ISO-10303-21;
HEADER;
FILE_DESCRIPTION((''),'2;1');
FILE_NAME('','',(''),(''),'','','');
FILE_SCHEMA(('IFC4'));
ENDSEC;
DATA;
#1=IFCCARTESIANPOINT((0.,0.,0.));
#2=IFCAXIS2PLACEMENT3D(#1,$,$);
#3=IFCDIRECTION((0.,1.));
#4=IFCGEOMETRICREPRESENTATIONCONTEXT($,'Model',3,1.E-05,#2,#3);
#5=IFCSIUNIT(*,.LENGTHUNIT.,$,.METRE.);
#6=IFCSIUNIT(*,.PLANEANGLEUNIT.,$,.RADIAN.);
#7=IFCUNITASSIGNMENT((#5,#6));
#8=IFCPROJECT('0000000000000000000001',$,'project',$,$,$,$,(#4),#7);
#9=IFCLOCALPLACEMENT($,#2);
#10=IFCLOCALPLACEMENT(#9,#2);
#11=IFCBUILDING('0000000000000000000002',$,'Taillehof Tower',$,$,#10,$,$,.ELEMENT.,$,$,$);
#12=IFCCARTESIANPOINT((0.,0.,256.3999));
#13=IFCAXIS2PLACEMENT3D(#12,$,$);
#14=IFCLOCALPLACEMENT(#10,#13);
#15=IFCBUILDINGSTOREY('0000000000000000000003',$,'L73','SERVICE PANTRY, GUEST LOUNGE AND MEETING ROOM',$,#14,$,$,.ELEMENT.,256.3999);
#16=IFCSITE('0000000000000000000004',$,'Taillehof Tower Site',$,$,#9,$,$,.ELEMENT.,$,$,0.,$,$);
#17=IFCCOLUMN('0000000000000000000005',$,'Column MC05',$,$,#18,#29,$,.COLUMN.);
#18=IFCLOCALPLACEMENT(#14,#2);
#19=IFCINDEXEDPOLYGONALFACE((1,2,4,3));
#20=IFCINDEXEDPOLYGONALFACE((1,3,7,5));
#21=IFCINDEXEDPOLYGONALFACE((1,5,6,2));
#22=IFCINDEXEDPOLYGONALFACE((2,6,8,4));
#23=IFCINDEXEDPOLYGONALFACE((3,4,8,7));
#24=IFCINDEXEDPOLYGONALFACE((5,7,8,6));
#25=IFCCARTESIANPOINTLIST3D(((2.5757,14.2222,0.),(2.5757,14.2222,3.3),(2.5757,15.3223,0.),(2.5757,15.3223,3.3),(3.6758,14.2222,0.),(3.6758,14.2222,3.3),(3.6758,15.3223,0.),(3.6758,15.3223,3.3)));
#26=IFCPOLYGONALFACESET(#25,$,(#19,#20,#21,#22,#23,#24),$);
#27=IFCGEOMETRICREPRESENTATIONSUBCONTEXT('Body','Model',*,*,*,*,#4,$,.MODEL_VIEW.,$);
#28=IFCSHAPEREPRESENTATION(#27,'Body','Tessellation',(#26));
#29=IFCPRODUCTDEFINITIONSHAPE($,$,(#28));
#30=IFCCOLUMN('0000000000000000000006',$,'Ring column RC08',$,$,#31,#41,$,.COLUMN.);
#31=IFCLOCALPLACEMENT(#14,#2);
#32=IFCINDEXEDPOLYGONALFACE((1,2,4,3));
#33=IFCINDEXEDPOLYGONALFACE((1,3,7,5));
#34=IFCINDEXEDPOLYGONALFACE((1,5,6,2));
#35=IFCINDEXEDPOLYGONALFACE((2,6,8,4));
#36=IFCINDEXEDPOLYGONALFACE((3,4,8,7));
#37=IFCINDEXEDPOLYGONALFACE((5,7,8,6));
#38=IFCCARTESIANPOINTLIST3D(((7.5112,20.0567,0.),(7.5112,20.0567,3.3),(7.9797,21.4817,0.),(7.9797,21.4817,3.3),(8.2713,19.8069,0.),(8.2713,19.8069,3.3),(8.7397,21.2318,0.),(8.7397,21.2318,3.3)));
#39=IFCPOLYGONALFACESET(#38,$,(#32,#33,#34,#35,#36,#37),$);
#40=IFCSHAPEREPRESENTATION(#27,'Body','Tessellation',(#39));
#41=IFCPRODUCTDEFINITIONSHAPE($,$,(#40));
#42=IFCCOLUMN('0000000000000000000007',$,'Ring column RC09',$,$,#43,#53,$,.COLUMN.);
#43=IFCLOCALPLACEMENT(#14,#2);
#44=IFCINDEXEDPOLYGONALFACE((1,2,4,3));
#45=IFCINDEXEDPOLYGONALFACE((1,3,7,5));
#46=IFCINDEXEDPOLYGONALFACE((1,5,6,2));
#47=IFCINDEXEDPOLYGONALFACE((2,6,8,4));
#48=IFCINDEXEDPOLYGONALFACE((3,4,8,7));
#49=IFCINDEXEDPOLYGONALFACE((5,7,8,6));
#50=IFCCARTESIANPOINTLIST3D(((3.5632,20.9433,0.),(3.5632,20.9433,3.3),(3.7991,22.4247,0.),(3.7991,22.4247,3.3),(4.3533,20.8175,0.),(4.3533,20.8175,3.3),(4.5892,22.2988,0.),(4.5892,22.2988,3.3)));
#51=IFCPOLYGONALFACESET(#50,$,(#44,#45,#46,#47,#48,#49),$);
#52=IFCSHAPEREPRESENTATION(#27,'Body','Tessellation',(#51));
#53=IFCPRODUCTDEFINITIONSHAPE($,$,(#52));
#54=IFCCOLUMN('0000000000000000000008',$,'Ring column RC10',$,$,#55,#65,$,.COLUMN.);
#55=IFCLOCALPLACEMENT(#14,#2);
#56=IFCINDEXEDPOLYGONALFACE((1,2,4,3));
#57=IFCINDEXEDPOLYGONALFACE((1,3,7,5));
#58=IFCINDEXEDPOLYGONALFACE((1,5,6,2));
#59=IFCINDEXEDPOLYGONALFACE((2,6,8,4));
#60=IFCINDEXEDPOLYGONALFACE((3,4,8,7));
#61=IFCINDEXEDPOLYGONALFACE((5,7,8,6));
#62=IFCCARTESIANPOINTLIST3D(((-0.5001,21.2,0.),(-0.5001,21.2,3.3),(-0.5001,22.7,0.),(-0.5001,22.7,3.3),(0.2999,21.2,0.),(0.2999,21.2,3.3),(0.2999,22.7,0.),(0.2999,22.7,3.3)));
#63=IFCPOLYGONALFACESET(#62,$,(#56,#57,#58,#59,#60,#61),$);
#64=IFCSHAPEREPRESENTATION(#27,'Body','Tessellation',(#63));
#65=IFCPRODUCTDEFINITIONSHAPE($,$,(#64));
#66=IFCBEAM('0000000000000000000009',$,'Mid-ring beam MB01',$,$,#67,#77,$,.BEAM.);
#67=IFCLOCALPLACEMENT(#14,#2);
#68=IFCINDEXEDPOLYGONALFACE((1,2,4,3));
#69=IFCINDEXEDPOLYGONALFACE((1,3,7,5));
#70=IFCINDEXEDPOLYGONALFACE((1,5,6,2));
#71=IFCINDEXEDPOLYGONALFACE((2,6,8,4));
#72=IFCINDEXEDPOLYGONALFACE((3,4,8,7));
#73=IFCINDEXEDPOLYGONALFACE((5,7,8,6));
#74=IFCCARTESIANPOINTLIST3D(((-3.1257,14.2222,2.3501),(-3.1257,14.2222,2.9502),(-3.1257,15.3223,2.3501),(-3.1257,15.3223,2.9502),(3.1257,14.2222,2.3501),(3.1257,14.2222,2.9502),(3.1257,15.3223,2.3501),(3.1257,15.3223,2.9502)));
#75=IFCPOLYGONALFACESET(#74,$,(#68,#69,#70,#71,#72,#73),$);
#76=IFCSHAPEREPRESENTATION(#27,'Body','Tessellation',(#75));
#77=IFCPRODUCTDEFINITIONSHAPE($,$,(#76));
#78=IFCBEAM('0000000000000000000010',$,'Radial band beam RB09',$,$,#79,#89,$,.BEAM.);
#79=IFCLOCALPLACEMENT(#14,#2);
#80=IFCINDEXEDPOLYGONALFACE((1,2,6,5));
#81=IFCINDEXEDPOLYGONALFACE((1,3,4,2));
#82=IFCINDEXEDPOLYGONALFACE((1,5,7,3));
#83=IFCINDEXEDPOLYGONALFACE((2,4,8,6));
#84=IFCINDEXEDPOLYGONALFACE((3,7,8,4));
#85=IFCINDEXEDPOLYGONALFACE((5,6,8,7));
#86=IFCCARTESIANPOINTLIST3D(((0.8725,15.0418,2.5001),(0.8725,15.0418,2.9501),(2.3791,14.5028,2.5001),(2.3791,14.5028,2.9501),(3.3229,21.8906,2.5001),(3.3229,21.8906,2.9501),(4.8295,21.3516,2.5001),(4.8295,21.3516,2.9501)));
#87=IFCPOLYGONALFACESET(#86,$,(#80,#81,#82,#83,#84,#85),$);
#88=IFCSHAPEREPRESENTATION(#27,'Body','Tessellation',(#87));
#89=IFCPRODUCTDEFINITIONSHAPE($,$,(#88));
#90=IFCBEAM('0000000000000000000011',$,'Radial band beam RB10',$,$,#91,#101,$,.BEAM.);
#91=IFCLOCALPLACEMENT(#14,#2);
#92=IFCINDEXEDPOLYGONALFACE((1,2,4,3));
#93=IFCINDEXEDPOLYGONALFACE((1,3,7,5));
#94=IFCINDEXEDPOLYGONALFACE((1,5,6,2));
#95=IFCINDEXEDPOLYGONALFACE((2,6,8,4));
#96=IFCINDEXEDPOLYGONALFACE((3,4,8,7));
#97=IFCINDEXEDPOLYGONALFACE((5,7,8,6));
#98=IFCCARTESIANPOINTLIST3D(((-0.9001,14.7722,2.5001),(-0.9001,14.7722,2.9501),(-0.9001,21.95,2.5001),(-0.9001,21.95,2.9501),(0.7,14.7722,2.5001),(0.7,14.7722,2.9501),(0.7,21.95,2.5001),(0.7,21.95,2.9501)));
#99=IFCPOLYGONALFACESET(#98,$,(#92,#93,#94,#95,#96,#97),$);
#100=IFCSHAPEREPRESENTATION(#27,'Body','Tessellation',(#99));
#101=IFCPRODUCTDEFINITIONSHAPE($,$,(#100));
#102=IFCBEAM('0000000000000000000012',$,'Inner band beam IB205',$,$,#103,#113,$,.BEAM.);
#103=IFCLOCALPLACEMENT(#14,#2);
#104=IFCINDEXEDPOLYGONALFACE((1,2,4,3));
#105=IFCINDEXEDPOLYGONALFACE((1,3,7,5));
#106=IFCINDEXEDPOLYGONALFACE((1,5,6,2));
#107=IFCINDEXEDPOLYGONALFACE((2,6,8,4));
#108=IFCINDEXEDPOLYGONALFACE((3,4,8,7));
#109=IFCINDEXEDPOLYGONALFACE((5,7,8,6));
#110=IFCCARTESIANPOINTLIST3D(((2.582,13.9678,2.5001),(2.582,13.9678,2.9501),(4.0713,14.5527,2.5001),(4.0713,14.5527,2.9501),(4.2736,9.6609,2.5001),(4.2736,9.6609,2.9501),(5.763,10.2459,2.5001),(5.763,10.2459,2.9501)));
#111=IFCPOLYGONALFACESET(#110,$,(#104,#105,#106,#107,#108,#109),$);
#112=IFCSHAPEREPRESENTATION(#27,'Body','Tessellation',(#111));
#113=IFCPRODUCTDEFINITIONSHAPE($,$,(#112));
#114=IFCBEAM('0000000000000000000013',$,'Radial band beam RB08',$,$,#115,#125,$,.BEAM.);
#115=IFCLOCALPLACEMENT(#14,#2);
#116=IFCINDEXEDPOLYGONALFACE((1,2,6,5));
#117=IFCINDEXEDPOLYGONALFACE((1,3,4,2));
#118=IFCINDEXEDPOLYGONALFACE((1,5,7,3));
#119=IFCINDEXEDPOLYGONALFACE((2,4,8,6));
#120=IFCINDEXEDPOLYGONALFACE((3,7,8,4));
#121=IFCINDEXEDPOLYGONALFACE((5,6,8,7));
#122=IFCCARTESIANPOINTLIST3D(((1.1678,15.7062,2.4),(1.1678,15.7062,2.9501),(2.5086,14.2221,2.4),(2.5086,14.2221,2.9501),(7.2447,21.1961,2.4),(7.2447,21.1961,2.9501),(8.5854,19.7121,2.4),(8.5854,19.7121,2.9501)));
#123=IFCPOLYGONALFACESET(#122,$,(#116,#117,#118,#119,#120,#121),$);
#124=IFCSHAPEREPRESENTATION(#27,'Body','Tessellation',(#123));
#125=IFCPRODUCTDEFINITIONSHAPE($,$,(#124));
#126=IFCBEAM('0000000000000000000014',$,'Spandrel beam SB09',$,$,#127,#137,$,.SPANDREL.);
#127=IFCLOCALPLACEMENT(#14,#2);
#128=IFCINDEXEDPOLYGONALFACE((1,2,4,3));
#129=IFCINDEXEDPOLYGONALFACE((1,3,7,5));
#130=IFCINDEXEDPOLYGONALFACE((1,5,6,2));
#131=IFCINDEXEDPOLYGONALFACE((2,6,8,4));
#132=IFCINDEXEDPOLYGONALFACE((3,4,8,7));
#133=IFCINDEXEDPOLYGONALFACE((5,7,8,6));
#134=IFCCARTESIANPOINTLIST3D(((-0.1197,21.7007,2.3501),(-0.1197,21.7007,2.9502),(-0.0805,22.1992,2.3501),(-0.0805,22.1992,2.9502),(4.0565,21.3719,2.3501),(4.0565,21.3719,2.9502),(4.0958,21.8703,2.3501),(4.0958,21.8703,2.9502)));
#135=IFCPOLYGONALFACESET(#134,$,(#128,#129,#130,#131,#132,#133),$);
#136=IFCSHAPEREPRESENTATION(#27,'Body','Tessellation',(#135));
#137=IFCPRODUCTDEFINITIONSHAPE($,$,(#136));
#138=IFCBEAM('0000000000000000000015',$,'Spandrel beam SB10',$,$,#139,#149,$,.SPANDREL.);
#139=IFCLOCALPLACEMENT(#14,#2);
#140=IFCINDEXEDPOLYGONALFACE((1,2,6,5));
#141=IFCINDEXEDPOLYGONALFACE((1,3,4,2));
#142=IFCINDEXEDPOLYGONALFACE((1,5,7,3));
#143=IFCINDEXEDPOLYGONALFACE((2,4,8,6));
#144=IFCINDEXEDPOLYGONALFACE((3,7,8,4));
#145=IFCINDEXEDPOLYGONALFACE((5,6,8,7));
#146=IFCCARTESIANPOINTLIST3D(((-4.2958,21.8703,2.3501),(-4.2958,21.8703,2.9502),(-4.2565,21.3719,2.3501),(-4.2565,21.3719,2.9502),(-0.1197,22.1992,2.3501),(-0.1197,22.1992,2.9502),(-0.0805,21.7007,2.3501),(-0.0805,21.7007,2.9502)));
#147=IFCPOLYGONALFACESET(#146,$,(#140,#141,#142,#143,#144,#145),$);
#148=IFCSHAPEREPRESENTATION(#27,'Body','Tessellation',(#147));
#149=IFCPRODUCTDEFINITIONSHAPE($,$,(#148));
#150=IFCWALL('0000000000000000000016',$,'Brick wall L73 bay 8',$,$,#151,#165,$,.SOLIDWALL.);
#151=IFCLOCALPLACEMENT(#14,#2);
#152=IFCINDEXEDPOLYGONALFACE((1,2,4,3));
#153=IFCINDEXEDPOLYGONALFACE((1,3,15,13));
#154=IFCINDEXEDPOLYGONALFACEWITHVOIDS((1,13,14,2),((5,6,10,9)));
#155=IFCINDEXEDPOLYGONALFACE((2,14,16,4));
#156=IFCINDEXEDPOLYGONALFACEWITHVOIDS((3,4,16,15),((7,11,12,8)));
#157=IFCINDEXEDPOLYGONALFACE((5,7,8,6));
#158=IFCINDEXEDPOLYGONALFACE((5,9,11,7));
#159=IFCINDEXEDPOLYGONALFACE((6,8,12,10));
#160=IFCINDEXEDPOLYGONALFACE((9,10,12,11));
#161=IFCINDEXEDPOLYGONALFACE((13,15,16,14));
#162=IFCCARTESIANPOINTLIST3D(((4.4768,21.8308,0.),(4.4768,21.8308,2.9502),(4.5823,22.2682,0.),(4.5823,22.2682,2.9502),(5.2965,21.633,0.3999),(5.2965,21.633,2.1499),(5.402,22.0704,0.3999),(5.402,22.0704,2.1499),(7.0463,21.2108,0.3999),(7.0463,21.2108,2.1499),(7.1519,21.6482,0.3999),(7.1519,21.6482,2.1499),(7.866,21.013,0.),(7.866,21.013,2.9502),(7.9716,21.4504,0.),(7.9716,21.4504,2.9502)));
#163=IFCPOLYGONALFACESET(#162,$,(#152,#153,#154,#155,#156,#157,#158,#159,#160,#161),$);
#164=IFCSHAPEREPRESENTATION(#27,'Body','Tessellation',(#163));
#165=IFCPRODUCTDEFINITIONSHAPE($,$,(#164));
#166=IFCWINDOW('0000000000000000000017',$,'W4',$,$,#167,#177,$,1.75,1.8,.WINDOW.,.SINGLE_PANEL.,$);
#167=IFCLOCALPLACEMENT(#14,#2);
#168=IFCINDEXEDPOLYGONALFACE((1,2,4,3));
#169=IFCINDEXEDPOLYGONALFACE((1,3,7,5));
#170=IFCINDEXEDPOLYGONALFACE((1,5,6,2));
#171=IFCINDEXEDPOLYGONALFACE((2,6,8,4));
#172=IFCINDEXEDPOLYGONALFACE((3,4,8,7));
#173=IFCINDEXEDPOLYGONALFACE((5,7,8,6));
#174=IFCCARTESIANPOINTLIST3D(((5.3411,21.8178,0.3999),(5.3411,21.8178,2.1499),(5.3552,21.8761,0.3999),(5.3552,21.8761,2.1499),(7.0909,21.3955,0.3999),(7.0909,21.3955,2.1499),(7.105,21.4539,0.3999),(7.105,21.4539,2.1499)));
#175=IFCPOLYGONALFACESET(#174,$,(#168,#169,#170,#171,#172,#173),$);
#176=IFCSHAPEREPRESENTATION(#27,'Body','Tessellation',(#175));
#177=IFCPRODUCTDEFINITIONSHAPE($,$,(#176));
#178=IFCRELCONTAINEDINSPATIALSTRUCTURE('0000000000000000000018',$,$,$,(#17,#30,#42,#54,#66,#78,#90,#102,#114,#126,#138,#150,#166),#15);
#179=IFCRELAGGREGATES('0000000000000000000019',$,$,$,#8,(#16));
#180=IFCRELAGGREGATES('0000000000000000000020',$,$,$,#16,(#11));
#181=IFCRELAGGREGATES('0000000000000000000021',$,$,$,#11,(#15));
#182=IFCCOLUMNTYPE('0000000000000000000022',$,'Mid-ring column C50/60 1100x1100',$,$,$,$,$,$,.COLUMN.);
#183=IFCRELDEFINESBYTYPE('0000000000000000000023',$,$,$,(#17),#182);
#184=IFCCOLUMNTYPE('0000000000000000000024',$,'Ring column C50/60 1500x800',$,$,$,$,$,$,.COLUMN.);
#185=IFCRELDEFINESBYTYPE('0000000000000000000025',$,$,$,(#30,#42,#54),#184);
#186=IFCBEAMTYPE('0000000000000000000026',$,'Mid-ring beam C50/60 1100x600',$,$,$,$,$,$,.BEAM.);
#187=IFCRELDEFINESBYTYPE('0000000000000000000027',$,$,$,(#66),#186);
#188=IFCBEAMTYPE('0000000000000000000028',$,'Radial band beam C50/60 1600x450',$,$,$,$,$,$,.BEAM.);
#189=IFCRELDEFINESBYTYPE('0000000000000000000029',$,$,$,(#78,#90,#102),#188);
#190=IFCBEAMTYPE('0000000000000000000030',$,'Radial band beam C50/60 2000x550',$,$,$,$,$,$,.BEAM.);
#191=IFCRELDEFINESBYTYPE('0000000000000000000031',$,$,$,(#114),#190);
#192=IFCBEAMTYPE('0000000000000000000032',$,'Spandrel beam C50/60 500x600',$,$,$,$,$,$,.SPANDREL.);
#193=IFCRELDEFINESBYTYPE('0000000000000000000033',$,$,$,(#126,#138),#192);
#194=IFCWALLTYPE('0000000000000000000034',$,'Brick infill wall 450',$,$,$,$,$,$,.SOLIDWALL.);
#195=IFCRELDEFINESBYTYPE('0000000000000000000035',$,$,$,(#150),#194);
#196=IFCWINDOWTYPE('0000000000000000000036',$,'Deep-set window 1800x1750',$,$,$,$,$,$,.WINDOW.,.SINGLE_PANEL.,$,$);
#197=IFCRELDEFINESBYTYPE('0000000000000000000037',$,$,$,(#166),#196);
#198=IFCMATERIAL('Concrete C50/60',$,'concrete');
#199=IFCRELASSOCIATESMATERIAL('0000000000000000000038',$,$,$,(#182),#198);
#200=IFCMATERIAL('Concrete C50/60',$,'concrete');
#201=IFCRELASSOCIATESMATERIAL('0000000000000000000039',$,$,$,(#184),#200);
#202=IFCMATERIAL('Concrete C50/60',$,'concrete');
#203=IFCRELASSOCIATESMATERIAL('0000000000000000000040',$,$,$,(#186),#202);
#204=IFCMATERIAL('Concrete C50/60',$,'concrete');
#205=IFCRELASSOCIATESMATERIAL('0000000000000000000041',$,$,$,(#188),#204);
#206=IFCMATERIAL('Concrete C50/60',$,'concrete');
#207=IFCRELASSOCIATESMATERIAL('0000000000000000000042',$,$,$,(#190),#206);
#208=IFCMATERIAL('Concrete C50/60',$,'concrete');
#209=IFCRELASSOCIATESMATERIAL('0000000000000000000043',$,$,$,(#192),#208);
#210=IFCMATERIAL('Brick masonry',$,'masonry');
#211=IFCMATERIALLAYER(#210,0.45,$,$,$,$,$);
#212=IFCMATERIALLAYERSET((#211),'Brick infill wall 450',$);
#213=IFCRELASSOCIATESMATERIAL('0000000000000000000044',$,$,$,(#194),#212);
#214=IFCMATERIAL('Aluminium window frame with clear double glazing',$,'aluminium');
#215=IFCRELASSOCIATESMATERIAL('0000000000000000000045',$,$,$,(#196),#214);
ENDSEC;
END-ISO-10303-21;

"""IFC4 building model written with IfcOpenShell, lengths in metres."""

from ifc_helpers import new_model, si_unit, direction, frame, frame_2d, origin, origin_2d, place, context, subcontext, project, spatial, rectangle, extrude, material, layer, layer_set, material_profile, profile_set, type_object, element, fill, save


model = new_model("IFC4")

# Units and contexts
model_context = context("Model", 3, precision=1e-05, world=origin(), true_north=direction((0.0, 1.0)))
body_context = subcontext(model_context, "Body", "Model", "MODEL_VIEW")
ifc_project = project(units=[si_unit("LENGTHUNIT", "METRE"), si_unit("PLANEANGLEUNIT", "RADIAN")], contexts=[model_context])

# Site, building, storey
site_placement = place(None, origin())
site = spatial("IfcSite", under=ifc_project, at=site_placement, Name="Taillehof Tower Site", CompositionType="ELEMENT", RefElevation=0.0)
building_placement = place(site_placement, origin())
building = spatial("IfcBuilding", under=site, at=building_placement, Name="Taillehof Tower", CompositionType="ELEMENT")
storey_placement = place(building_placement, frame((0.0, 0.0, 256.3999)))
storey = spatial("IfcBuildingStorey", under=building, at=storey_placement, Name="L73", Description="SERVICE PANTRY, GUEST LOUNGE AND MEETING ROOM", CompositionType="ELEMENT", Elevation=256.3999)

# Columns
ifc_material_1 = material(Name="Concrete C50/60", Category="concrete")
ifc_material_profile_1 = material_profile(ifc_material_1, rectangle(XDim=1.1001, YDim=1.1001, at=origin_2d()), Name="RC 1100x1100")
ifc_profile_set_1 = profile_set([ifc_material_profile_1], Name="Concrete C50/60")
column_type_1 = type_object("IfcColumnType", Name="Mid-ring column C50/60 1100x1100", PredefinedType="COLUMN", material=ifc_profile_set_1)
column_placement = place(storey_placement, frame((3.1257, 14.7722, 0.0), z_axis=(0.0, 0.0, 1.0), x_axis=(1.0, 0.0, 0.0)))
element("IfcColumn", 1, at=column_placement, inside=storey, type_object=column_type_1, Name="Column MC05", PredefinedType="COLUMN", context=body_context, shape_type="SweptSolid", body=[
    extrude(rectangle(XDim=1.1001, YDim=1.1001, at=origin_2d()), origin(), (0.0, 0.0, 1.0), 3.3),
])
ifc_material_2 = material(Name="Concrete C50/60", Category="concrete")
ifc_material_profile_2 = material_profile(ifc_material_2, rectangle(XDim=1.5, YDim=0.8, at=origin_2d()), Name="RC 1500x800")
ifc_profile_set_2 = profile_set([ifc_material_profile_2], Name="Concrete C50/60")
column_type_2 = type_object("IfcColumnType", Name="Ring column C50/60 1500x800", PredefinedType="COLUMN", material=ifc_profile_set_2)
for number, where, z_axis, x_axis, name in (
    (2, (8.1255, 20.6443, 0.0), (0.0, 0.0, 1.0), (0.312304, 0.949982, 0.0), "Ring column RC08"),
    (3, (4.0762, 21.6211, 0.0), (0.0, 0.0, 1.0), (0.157281, 0.987554, 0.0), "Ring column RC09"),
    (4, (-0.1001, 21.95, 0.0), (0.0, 0.0, 1.0), (0.0, 1.0, 0.0), "Ring column RC10"),
):
    element("IfcColumn", number, at=place(storey_placement, frame(where, z_axis=z_axis, x_axis=x_axis)), inside=storey, type_object=column_type_2, Name=name, PredefinedType="COLUMN", context=body_context, shape_type="SweptSolid", body=[
        extrude(rectangle(XDim=1.5, YDim=0.8, at=origin_2d()), origin(), (0.0, 0.0, 1.0), 3.3),
    ])

# Beams
ifc_material_3 = material(Name="Concrete C50/60", Category="concrete")
ifc_material_profile_3 = material_profile(ifc_material_3, rectangle(XDim=1.1001, YDim=0.6001, at=origin_2d()), Name="RC 1100x600")
ifc_profile_set_3 = profile_set([ifc_material_profile_3], Name="Concrete C50/60")
beam_type_1 = type_object("IfcBeamType", Name="Mid-ring beam C50/60 1100x600", PredefinedType="BEAM", material=ifc_profile_set_3)
beam_1_placement = place(storey_placement, frame((3.1257, 14.7722, 2.6501), z_axis=(-1.0, 0.0, 0.0), x_axis=(0.0, -1.0, 0.0)))
element("IfcBeam", 5, at=beam_1_placement, inside=storey, type_object=beam_type_1, Name="Mid-ring beam MB01", PredefinedType="BEAM", context=body_context, shape_type="SweptSolid", body=[
    extrude(rectangle(XDim=1.1001, YDim=0.6001, at=origin_2d()), origin(), (0.0, 0.0, 1.0), 6.2515),
])
ifc_material_4 = material(Name="Concrete C50/60", Category="concrete")
ifc_material_profile_4 = material_profile(ifc_material_4, rectangle(XDim=1.6001, YDim=0.45, at=origin_2d()), Name="RC 1600x450")
ifc_profile_set_4 = profile_set([ifc_material_profile_4], Name="Concrete C50/60")
beam_type_2 = type_object("IfcBeamType", Name="Radial band beam C50/60 1600x450", PredefinedType="BEAM", material=ifc_profile_set_4)
beam_2_placement = place(storey_placement, frame((4.0762, 21.6211, 2.7251), z_axis=(-0.336874, -0.94155, 0.0), x_axis=(0.94155, -0.336874, 0.0)))
element("IfcBeam", 6, at=beam_2_placement, inside=storey, type_object=beam_type_2, Name="Radial band beam RB09", PredefinedType="BEAM", context=body_context, shape_type="SweptSolid", body=[
    extrude(rectangle(XDim=1.6001, YDim=0.45, at=origin_2d()), origin(), (0.0, 0.0, 1.0), 7.2739),
])
beam_3_placement = place(storey_placement, frame((-0.1001, 21.95, 2.7251), z_axis=(0.0, -1.0, 0.0), x_axis=(1.0, 0.0, 0.0)))
element("IfcBeam", 7, at=beam_3_placement, inside=storey, type_object=beam_type_2, Name="Radial band beam RB10", PredefinedType="BEAM", context=body_context, shape_type="SweptSolid", body=[
    extrude(rectangle(XDim=1.6001, YDim=0.45, at=origin_2d()), origin(), (0.0, 0.0, 1.0), 7.1777),
])
beam_4_placement = place(storey_placement, frame((3.3267, 14.2603, 2.7251), z_axis=(0.365589, -0.930777, 0.0), x_axis=(0.930777, 0.365589, 0.0)))
element("IfcBeam", 8, at=beam_4_placement, inside=storey, type_object=beam_type_2, Name="Inner band beam IB205", PredefinedType="BEAM", context=body_context, shape_type="SweptSolid", body=[
    extrude(rectangle(XDim=1.6001, YDim=0.45, at=origin_2d()), origin(), (0.0, 0.0, 1.0), 4.6272),
])
ifc_material_5 = material(Name="Concrete C50/60", Category="concrete")
ifc_material_profile_5 = material_profile(ifc_material_5, rectangle(XDim=2.0, YDim=0.55, at=origin_2d()), Name="RC 2000x550")
ifc_profile_set_5 = profile_set([ifc_material_profile_5], Name="Concrete C50/60")
beam_type_3 = type_object("IfcBeamType", Name="Radial band beam C50/60 2000x550", PredefinedType="BEAM", material=ifc_profile_set_5)
beam_5_placement = place(storey_placement, frame((7.915, 20.4541, 2.675), z_axis=(-0.742031, -0.670365, 0.0), x_axis=(0.670365, -0.742031, 0.0)))
element("IfcBeam", 9, at=beam_5_placement, inside=storey, type_object=beam_type_3, Name="Radial band beam RB08", PredefinedType="BEAM", context=body_context, shape_type="SweptSolid", body=[
    extrude(rectangle(XDim=2.0, YDim=0.55, at=origin_2d()), origin(), (0.0, 0.0, 1.0), 8.1895),
])
ifc_material_6 = material(Name="Concrete C50/60", Category="concrete")
ifc_material_profile_6 = material_profile(ifc_material_6, rectangle(XDim=0.5, YDim=0.6001, at=origin_2d()), Name="RC 500x600")
ifc_profile_set_6 = profile_set([ifc_material_profile_6], Name="Concrete C50/60")
beam_type_4 = type_object("IfcBeamType", Name="Spandrel beam C50/60 500x600", PredefinedType="SPANDREL", material=ifc_profile_set_6)
beam_6_placement = place(storey_placement, frame((4.0762, 21.6211, 2.6501), z_axis=(-0.996914, 0.078501, 0.0), x_axis=(-0.078501, -0.996914, 0.0)))
element("IfcBeam", 10, at=beam_6_placement, inside=storey, type_object=beam_type_4, Name="Spandrel beam SB09", PredefinedType="SPANDREL", context=body_context, shape_type="SweptSolid", body=[
    extrude(rectangle(XDim=0.5, YDim=0.6001, at=origin_2d()), origin(), (0.0, 0.0, 1.0), 4.1892),
])
beam_7_placement = place(storey_placement, frame((-0.1001, 21.95, 2.6501), z_axis=(-0.996914, -0.078506, 0.0), x_axis=(0.078506, -0.996914, 0.0)))
element("IfcBeam", 11, at=beam_7_placement, inside=storey, type_object=beam_type_4, Name="Spandrel beam SB10", PredefinedType="SPANDREL", context=body_context, shape_type="SweptSolid", body=[
    extrude(rectangle(XDim=0.5, YDim=0.6001, at=origin_2d()), origin(), (0.0, 0.0, 1.0), 4.189),
])

# Wall, opening, window
ifc_material_7 = material(Name="Brick masonry", Category="masonry")
ifc_layer_1 = layer(ifc_material_7, 0.45)
ifc_layer_set_1 = layer_set([ifc_layer_1], Name="Brick infill wall 450")
wall_type_1 = type_object("IfcWallType", Name="Brick infill wall 450", PredefinedType="SOLIDWALL", material=ifc_layer_set_1)
wall_1_placement = place(storey_placement, frame((7.9187, 21.2317, 0.0), z_axis=(0.0, 0.0, 1.0), x_axis=(-0.972099, 0.23457, 0.0)))
wall_1 = element("IfcWall", 12, at=wall_1_placement, inside=storey, type_object=wall_type_1, Name="Brick wall L73 bay 8", PredefinedType="SOLIDWALL", context=body_context, shape_type="SweptSolid", body=[
    extrude(rectangle(XDim=3.4866, YDim=0.45, at=frame_2d((1.7432, 0.0))), origin(), (0.0, 0.0, 1.0), 2.9502),
])
opening_1_placement = place(wall_1_placement, frame((0.8433, 0.0, 0.3999)))
opening_1 = element("IfcOpeningElement", 13, at=opening_1_placement, cuts=wall_1, PredefinedType="OPENING", context=body_context, shape_type="SweptSolid", body=[
    extrude(rectangle(XDim=1.8, YDim=1.75, at=frame_2d((0.8999, 0.875))), frame((0.0, 0.2349, 0.0), z_axis=(0.0, -1.0, 0.0), x_axis=(1.0, 0.0, 0.0)), (0.0, 0.0, 1.0), 0.47),
])
ifc_material_8 = material(Name="Aluminium window frame with clear double glazing", Category="aluminium")
window_type = type_object("IfcWindowType", Name="Deep-set window 1800x1750", PartitioningType="SINGLE_PANEL", PredefinedType="WINDOW", material=ifc_material_8)
window_1_placement = place(opening_1_placement, origin())
window_1 = element("IfcWindow", 14, at=window_1_placement, inside=storey, type_object=window_type, Name="W4", OverallHeight=1.75, OverallWidth=1.8, PartitioningType="SINGLE_PANEL", PredefinedType="WINDOW", context=body_context, shape_type="SweptSolid", body=[
    extrude(rectangle(XDim=1.8, YDim=1.75, at=frame_2d((0.8999, 0.875))), frame((0.0, 0.0349, 0.0), z_axis=(0.0, -1.0, 0.0), x_axis=(1.0, 0.0, 0.0)), (0.0, 0.0, 1.0), 0.0601),
])
fill(opening_1, window_1)

save(model, "model.ifc")
